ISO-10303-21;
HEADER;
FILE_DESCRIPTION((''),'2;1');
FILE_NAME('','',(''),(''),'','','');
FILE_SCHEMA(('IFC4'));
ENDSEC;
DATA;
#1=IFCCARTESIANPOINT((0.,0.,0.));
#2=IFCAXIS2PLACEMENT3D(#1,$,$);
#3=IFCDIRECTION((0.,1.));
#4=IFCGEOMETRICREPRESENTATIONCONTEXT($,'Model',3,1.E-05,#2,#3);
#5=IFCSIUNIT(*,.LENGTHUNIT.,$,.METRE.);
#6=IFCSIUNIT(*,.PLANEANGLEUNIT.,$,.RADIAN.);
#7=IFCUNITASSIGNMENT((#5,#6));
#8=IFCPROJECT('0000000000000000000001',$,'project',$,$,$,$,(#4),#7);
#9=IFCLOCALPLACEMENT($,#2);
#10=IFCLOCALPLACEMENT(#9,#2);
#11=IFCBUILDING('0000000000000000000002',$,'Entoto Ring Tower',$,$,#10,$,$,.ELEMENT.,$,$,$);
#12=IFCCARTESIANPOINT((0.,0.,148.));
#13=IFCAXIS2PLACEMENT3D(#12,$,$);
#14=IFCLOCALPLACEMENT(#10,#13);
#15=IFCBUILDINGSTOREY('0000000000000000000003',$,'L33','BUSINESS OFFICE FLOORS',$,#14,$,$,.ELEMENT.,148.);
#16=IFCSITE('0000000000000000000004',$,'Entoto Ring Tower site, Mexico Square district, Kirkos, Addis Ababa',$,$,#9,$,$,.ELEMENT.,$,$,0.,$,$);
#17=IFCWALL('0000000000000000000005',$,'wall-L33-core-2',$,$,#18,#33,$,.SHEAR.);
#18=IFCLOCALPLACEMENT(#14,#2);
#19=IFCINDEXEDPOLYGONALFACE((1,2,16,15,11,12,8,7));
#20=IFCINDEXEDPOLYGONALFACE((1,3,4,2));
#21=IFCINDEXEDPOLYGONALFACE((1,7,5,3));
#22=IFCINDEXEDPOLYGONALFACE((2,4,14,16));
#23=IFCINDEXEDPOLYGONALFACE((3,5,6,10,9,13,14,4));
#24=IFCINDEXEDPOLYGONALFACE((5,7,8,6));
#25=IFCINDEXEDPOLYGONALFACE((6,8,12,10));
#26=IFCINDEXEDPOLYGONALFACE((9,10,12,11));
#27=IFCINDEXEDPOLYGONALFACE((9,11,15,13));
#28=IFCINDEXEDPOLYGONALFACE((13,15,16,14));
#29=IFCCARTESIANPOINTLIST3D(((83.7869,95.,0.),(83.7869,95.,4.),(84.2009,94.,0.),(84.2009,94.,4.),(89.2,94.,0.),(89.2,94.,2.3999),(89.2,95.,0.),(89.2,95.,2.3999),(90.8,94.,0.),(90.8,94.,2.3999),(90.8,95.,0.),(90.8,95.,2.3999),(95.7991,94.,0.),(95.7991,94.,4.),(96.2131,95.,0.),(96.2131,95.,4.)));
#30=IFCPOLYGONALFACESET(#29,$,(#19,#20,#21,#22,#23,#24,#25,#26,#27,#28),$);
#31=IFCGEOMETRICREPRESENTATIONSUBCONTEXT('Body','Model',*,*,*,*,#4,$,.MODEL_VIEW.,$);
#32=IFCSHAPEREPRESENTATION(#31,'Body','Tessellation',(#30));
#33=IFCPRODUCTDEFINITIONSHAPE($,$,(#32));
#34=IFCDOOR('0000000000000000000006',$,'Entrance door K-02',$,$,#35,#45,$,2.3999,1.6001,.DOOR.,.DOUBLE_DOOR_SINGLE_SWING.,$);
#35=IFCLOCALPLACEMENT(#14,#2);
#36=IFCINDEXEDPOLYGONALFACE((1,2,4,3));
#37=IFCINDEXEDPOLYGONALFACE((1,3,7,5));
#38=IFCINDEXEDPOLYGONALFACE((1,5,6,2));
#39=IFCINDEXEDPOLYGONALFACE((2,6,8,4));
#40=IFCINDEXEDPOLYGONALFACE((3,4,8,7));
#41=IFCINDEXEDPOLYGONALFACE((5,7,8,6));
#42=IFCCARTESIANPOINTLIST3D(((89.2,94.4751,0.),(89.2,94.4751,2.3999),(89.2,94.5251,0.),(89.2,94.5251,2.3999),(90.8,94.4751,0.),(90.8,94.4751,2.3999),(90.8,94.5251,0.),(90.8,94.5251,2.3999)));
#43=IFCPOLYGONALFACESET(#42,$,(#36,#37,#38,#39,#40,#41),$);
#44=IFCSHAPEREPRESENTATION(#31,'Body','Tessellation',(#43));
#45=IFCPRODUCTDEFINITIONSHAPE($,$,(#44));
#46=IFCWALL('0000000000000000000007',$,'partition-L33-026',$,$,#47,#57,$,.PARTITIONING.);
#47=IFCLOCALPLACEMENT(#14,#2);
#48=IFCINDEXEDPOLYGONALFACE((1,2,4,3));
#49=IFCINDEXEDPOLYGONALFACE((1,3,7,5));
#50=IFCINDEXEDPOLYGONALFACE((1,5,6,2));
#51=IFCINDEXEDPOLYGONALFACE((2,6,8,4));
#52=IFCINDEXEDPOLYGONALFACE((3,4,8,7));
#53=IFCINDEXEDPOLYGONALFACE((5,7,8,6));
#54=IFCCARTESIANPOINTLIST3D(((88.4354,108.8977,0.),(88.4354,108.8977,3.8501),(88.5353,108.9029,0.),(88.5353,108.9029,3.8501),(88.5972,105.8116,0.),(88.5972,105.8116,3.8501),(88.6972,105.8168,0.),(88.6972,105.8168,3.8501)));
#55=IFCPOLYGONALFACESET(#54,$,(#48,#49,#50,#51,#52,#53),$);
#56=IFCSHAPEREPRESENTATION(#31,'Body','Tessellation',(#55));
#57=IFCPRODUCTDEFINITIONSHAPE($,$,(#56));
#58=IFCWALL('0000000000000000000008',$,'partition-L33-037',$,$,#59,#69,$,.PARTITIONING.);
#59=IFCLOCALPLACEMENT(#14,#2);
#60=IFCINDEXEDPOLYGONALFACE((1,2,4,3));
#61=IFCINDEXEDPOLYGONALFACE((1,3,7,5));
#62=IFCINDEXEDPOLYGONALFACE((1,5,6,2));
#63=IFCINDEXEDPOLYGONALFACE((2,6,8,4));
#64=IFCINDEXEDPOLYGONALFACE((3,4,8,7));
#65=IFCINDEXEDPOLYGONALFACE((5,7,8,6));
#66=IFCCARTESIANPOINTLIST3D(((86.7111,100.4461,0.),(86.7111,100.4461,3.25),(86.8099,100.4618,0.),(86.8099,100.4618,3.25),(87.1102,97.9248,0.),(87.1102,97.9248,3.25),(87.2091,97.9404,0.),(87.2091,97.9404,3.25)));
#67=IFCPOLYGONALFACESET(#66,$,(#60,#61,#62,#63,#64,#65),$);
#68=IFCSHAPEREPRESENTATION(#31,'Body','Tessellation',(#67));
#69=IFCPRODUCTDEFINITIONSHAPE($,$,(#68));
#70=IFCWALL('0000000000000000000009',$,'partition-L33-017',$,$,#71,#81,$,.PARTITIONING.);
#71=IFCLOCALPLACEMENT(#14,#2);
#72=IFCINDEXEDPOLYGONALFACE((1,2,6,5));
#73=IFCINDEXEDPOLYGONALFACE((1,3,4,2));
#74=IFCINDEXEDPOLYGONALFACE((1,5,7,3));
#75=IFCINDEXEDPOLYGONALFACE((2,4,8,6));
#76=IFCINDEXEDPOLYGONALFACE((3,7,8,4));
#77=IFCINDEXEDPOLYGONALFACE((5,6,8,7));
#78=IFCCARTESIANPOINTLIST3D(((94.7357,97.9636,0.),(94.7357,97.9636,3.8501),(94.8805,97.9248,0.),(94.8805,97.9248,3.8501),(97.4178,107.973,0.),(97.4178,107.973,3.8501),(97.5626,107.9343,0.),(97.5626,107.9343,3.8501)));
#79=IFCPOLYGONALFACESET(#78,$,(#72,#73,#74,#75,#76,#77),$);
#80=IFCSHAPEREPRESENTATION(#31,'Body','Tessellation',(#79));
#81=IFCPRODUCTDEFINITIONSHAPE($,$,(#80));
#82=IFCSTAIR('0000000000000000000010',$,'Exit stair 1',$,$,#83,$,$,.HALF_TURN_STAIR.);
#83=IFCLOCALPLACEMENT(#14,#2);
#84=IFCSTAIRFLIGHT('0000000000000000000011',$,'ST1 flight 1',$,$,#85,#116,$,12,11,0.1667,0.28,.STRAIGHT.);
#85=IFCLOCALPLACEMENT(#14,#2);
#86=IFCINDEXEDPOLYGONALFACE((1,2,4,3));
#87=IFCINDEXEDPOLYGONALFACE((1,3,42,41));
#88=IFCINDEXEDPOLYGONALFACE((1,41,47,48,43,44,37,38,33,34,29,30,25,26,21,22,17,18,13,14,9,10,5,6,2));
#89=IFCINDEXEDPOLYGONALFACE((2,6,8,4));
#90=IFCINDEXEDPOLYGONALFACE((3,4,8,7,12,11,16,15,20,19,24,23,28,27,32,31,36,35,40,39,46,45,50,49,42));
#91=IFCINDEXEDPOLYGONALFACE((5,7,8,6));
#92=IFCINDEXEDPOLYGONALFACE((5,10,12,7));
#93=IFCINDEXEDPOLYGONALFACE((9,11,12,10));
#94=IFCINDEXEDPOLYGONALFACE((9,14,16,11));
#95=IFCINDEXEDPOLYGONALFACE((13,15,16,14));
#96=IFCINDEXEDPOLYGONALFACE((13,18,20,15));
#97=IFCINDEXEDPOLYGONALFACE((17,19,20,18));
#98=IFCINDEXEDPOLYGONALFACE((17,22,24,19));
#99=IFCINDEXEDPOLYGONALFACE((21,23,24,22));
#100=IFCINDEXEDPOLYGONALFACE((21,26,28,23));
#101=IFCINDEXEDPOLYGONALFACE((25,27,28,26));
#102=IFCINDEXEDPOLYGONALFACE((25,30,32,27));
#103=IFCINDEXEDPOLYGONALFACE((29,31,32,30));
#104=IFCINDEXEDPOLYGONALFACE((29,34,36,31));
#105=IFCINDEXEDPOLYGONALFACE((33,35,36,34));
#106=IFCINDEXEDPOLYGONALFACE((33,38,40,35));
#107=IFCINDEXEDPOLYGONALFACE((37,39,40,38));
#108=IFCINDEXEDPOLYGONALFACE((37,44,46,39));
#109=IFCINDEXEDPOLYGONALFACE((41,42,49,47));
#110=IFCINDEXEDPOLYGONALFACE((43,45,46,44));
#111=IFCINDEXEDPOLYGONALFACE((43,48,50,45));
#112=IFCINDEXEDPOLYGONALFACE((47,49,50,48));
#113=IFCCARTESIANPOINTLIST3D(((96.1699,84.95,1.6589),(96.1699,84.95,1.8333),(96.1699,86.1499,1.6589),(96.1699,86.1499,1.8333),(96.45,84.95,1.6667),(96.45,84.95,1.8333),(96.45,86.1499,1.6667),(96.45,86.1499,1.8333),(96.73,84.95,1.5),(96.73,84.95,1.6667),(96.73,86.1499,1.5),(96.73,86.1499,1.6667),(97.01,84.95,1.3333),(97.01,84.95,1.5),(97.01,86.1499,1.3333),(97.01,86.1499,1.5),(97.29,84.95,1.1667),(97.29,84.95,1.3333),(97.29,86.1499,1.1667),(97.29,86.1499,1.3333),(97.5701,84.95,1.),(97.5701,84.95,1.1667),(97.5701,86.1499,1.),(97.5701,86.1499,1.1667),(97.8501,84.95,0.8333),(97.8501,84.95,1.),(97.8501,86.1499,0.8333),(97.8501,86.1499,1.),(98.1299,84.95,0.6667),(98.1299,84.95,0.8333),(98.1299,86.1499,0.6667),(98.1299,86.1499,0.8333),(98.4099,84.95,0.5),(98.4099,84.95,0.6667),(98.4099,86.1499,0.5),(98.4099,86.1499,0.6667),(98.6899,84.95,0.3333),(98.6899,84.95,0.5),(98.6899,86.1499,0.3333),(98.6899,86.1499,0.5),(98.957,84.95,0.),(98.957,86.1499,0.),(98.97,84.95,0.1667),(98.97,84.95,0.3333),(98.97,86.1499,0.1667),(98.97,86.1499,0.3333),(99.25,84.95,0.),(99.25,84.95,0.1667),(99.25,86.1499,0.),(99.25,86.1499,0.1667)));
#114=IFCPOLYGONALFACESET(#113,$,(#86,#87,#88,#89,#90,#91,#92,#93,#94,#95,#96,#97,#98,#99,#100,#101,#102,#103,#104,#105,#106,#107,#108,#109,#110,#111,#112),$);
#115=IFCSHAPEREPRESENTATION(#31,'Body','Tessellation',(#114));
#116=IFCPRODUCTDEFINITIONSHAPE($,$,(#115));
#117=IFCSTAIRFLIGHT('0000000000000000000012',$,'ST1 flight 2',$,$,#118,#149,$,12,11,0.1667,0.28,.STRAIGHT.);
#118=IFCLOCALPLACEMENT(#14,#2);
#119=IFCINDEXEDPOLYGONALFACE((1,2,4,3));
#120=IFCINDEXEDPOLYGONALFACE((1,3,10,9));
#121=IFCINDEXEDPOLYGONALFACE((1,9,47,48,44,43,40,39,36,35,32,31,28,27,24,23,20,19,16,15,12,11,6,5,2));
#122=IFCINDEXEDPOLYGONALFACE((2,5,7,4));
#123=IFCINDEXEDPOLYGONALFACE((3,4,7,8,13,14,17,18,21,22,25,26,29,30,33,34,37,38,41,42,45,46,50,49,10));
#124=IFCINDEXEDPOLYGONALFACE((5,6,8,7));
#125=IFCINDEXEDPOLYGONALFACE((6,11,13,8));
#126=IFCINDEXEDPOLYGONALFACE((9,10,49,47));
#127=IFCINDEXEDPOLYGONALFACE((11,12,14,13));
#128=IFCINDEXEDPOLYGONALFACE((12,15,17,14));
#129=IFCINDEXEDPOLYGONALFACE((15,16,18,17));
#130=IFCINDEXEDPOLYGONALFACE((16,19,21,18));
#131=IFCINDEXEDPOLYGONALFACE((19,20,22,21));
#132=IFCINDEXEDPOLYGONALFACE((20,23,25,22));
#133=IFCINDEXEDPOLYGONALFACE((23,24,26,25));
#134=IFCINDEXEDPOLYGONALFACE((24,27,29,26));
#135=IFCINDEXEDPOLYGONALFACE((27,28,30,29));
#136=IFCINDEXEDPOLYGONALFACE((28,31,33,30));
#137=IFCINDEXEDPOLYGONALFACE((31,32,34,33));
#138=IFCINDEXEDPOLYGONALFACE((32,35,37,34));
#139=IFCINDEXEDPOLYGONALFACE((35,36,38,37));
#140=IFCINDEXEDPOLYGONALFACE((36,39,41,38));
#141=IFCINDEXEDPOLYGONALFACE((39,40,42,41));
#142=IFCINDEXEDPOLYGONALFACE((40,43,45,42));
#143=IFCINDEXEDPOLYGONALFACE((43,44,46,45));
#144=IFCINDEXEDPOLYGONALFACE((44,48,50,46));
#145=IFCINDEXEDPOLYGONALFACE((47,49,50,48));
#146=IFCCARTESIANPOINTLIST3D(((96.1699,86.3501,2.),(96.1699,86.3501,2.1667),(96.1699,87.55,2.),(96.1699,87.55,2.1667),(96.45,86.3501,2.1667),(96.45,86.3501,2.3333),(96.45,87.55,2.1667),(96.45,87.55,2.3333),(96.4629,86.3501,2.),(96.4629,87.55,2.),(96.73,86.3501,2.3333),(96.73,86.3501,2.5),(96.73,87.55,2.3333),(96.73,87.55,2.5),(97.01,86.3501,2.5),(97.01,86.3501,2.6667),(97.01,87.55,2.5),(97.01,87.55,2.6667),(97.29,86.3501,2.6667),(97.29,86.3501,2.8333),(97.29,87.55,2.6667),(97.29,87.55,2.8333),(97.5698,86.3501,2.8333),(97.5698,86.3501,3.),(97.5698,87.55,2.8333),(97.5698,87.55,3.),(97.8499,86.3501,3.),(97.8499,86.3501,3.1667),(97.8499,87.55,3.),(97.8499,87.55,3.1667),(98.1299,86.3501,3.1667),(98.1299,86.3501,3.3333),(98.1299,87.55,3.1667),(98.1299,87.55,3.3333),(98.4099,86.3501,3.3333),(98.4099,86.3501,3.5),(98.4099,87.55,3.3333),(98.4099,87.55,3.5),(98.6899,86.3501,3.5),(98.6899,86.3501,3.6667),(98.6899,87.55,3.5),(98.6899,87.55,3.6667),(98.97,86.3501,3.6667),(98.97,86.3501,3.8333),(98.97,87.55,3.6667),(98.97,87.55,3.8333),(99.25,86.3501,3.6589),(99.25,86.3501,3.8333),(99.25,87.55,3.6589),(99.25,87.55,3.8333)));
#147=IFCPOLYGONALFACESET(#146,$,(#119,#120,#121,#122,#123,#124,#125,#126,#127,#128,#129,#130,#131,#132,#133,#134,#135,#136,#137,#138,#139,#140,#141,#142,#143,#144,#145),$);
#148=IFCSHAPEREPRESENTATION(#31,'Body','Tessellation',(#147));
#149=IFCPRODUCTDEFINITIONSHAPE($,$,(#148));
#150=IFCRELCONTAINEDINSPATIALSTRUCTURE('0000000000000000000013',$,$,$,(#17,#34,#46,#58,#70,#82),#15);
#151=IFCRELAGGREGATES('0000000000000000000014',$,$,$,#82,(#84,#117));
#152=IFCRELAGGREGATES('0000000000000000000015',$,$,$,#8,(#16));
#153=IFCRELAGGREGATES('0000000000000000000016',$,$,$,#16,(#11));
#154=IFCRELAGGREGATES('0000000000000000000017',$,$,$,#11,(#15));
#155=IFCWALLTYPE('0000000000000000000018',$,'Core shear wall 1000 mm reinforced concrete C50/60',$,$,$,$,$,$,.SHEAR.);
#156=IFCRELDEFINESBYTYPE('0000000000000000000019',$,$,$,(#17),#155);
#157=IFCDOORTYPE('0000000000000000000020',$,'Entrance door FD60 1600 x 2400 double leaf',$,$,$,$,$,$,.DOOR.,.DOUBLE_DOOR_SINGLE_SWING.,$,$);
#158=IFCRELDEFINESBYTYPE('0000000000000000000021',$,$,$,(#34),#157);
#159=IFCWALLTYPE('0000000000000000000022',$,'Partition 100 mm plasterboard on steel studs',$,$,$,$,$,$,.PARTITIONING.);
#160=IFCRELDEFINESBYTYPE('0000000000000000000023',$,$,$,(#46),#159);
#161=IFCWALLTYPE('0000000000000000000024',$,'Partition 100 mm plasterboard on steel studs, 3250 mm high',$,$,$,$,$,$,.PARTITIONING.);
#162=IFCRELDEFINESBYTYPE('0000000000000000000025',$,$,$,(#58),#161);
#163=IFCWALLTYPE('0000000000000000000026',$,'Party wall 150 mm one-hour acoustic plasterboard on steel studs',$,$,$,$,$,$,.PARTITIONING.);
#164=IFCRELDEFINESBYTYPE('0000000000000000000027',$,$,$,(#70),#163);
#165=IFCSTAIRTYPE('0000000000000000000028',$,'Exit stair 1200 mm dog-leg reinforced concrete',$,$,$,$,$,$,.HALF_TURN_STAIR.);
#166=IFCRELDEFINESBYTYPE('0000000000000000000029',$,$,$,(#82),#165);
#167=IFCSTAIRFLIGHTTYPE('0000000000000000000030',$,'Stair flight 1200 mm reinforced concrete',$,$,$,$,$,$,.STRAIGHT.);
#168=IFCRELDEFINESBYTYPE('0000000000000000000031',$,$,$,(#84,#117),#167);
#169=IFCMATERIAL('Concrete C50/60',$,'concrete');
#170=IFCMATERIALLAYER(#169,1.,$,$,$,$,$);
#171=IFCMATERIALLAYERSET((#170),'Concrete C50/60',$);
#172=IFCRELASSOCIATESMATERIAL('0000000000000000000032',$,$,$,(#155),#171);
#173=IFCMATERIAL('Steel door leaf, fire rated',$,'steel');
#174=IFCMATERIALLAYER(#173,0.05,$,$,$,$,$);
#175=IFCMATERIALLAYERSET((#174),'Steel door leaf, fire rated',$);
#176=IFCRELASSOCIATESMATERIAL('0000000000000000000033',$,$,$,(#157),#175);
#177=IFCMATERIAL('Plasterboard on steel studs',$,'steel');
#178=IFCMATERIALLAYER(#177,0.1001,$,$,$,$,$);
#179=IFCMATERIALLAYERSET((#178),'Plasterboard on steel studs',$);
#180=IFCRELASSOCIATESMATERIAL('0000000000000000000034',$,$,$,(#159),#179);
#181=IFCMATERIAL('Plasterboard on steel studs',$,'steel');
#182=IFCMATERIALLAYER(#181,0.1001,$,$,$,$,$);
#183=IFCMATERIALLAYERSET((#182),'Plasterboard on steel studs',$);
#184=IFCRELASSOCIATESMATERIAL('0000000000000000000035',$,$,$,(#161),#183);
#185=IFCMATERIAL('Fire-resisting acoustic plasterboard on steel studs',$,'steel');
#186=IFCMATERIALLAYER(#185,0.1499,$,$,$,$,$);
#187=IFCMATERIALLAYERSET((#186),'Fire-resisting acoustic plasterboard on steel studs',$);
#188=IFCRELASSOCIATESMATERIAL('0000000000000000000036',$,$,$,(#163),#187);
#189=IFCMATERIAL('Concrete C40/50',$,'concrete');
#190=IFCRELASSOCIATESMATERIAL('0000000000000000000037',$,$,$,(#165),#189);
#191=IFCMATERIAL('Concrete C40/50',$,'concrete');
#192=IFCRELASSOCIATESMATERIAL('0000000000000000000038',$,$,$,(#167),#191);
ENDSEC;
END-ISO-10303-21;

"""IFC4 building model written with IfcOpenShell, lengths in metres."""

from ifc_helpers import new_model, si_unit, direction, frame, frame_2d, origin, place, context, subcontext, project, spatial, polyline, rectangle, outline, extrude, material, layer, layer_set, type_object, element, fill, aggregate, save


model = new_model("IFC4")

# Units and contexts
model_context = context("Model", 3, precision=1e-05, world=origin(), true_north=direction((0.0, 1.0)))
body_context = subcontext(model_context, "Body", "Model", "MODEL_VIEW")
ifc_project = project(units=[si_unit("LENGTHUNIT", "METRE"), si_unit("PLANEANGLEUNIT", "RADIAN")], contexts=[model_context])

# Site, building, storey
site_placement = place(None, origin())
site = spatial("IfcSite", under=ifc_project, at=site_placement, Name="Entoto Ring Tower site, Mexico Square district, Kirkos, Addis Ababa", CompositionType="ELEMENT", RefElevation=0.0)
building_placement = place(site_placement, origin())
building = spatial("IfcBuilding", under=site, at=building_placement, Name="Entoto Ring Tower", CompositionType="ELEMENT")
storey_placement = place(building_placement, frame((0.0, 0.0, 148.0)))
storey = spatial("IfcBuildingStorey", under=building, at=storey_placement, Name="L33", Description="BUSINESS OFFICE FLOORS", CompositionType="ELEMENT", Elevation=148.0)

# Wall, opening, door
ifc_material_1 = material(Name="Concrete C50/60", Category="concrete")
ifc_layer_1 = layer(ifc_material_1, 1.0)
ifc_layer_set_1 = layer_set([ifc_layer_1], Name="Concrete C50/60")
wall_type_1 = type_object("IfcWallType", Name="Core shear wall 1000 mm reinforced concrete C50/60", PredefinedType="SHEAR", material=ifc_layer_set_1)
wall_1_placement = place(storey_placement, frame((96.0061, 94.5, 0.0), z_axis=(0.0, 0.0, 1.0), x_axis=(-1.0, 0.0, 0.0)))
wall_1 = element("IfcWall", 1, at=wall_1_placement, inside=storey, type_object=wall_type_1, Name="wall-L33-core-2", PredefinedType="SHEAR", context=body_context, shape_type="SweptSolid", body=[
    extrude(outline(polyline([(-0.207, -0.5), (12.2192, -0.5), (11.8052, 0.5), (0.207, 0.5), (-0.207, -0.5)])), origin(), (0.0, 0.0, 1.0), 4.0),
])
opening_1_placement = place(wall_1_placement, frame((5.2061, 0.0, 0.0)))
opening_1 = element("IfcOpeningElement", 2, at=opening_1_placement, cuts=wall_1, PredefinedType="OPENING", context=body_context, shape_type="SweptSolid", body=[
    extrude(rectangle(XDim=1.6001, YDim=2.3999, at=frame_2d((0.8, 1.2))), frame((0.0, 0.51, 0.0), z_axis=(0.0, -1.0, 0.0), x_axis=(1.0, 0.0, 0.0)), (0.0, 0.0, 1.0), 1.02),
])
ifc_material_2 = material(Name="Steel door leaf, fire rated", Category="steel")
ifc_layer_2 = layer(ifc_material_2, 0.05)
ifc_layer_set_2 = layer_set([ifc_layer_2], Name="Steel door leaf, fire rated")
door_type_1 = type_object("IfcDoorType", Name="Entrance door FD60 1600 x 2400 double leaf", OperationType="DOUBLE_DOOR_SINGLE_SWING", PredefinedType="DOOR", material=ifc_layer_set_2)
door_1_placement = place(opening_1_placement, origin())
door_1 = element("IfcDoor", 3, at=door_1_placement, inside=storey, type_object=door_type_1, Name="Entrance door K-02", OperationType="DOUBLE_DOOR_SINGLE_SWING", OverallHeight=2.3999, OverallWidth=1.6001, PredefinedType="DOOR", context=body_context, shape_type="SweptSolid", body=[
    extrude(rectangle(XDim=1.6001, YDim=2.3999, at=frame_2d((0.8, 1.2))), frame((0.0, 0.0249, 0.0), z_axis=(0.0, -1.0, 0.0), x_axis=(1.0, 0.0, 0.0)), (0.0, 0.0, 1.0), 0.05),
])
fill(opening_1, door_1)

# Walls
ifc_material_3 = material(Name="Plasterboard on steel studs", Category="steel")
ifc_layer_3 = layer(ifc_material_3, 0.1001)
ifc_layer_set_3 = layer_set([ifc_layer_3], Name="Plasterboard on steel studs")
wall_type_2 = type_object("IfcWallType", Name="Partition 100 mm plasterboard on steel studs", PredefinedType="PARTITIONING", material=ifc_layer_set_3)
wall_2_placement = place(storey_placement, frame((88.6472, 105.8142, 0.0), z_axis=(0.0, 0.0, 1.0), x_axis=(-0.052376, 0.998627, 0.0)))
element("IfcWall", 4, at=wall_2_placement, inside=storey, type_object=wall_type_2, Name="partition-L33-026", PredefinedType="PARTITIONING", context=body_context, shape_type="SweptSolid", body=[
    extrude(rectangle(XDim=3.0903, YDim=0.1001, at=frame_2d((1.5452, 0.0))), origin(), (0.0, 0.0, 1.0), 3.8501),
])
ifc_material_4 = material(Name="Plasterboard on steel studs", Category="steel")
ifc_layer_4 = layer(ifc_material_4, 0.1001)
ifc_layer_set_4 = layer_set([ifc_layer_4], Name="Plasterboard on steel studs")
wall_type_3 = type_object("IfcWallType", Name="Partition 100 mm plasterboard on steel studs, 3250 mm high", PredefinedType="PARTITIONING", material=ifc_layer_set_4)
wall_3_placement = place(storey_placement, frame((87.1597, 97.9326, 0.0), z_axis=(0.0, 0.0, 1.0), x_axis=(-0.156375, 0.987698, 0.0)))
element("IfcWall", 5, at=wall_3_placement, inside=storey, type_object=wall_type_3, Name="partition-L33-037", PredefinedType="PARTITIONING", context=body_context, shape_type="SweptSolid", body=[
    extrude(rectangle(XDim=2.5527, YDim=0.1001, at=frame_2d((1.2764, 0.0))), origin(), (0.0, 0.0, 1.0), 3.25),
])
ifc_material_5 = material(Name="Fire-resisting acoustic plasterboard on steel studs", Category="steel")
ifc_layer_5 = layer(ifc_material_5, 0.1499)
ifc_layer_set_5 = layer_set([ifc_layer_5], Name="Fire-resisting acoustic plasterboard on steel studs")
wall_type_4 = type_object("IfcWallType", Name="Party wall 150 mm one-hour acoustic plasterboard on steel studs", PredefinedType="PARTITIONING", material=ifc_layer_set_5)
wall_4_placement = place(storey_placement, frame((94.8081, 97.9443, 0.0), z_axis=(0.0, 0.0, 1.0), x_axis=(0.258827, 0.965924, 0.0)))
element("IfcWall", 6, at=wall_4_placement, inside=storey, type_object=wall_type_4, Name="partition-L33-017", PredefinedType="PARTITIONING", context=body_context, shape_type="SweptSolid", body=[
    extrude(rectangle(XDim=10.3625, YDim=0.1499, at=frame_2d((5.1812, 0.0))), origin(), (0.0, 0.0, 1.0), 3.8501),
])

# Stair, stair flights
ifc_material_6 = material(Name="Concrete C40/50", Category="concrete")
stair_type = type_object("IfcStairType", Name="Exit stair 1200 mm dog-leg reinforced concrete", PredefinedType="HALF_TURN_STAIR", material=ifc_material_6)
stair_placement = place(storey_placement, origin())
stair = element("IfcStair", 7, at=stair_placement, inside=storey, type_object=stair_type, Name="Exit stair 1", PredefinedType="HALF_TURN_STAIR")
ifc_material_7 = material(Name="Concrete C40/50", Category="concrete")
stair_flight_type = type_object("IfcStairFlightType", Name="Stair flight 1200 mm reinforced concrete", PredefinedType="STRAIGHT", material=ifc_material_7)
stair_flight_1_placement = place(storey_placement, frame((99.25, 85.55, 0.0), z_axis=(0.0, 0.0, 1.0), x_axis=(-1.0, 0.0, 0.0)))
stair_flight_1 = element("IfcStairFlight", 8, at=stair_flight_1_placement, type_object=stair_flight_type, Name="ST1 flight 1", NumberOfRisers=12, NumberOfTreads=11, PredefinedType="STRAIGHT", RiserHeight=0.1667, TreadLength=0.28, context=body_context, shape_type="SweptSolid", body=[
    extrude(outline(polyline([(0.0, 0.0), (0.0, 0.1667), (0.28, 0.1667), (0.28, 0.3333), (0.5601, 0.3333), (0.5601, 0.5), (0.8401, 0.5), (0.8401, 0.6667), (1.1201, 0.6667), (1.1201, 0.8333), (1.3999, 0.8333), (1.3999, 1.0), (1.6799, 1.0), (1.6799, 1.1667), (1.96, 1.1667), (1.96, 1.3333), (2.24, 1.3333), (2.24, 1.5), (2.52, 1.5), (2.52, 1.6667), (2.8, 1.6667), (2.8, 1.8333), (3.0801, 1.8333), (3.0801, 2.0), (3.0801, 1.6589), (0.293, 0.0), (0.0, 0.0)])), frame((0.0, 0.6001, 0.0), z_axis=(0.0, -1.0, 0.0), x_axis=(1.0, 0.0, 0.0)), (0.0, 0.0, 1.0), 1.2),
])
stair_flight_2_placement = place(storey_placement, frame((96.1699, 86.95, 2.0), z_axis=(0.0, 0.0, 1.0), x_axis=(1.0, 0.0, 0.0)))
stair_flight_2 = element("IfcStairFlight", 9, at=stair_flight_2_placement, type_object=stair_flight_type, Name="ST1 flight 2", NumberOfRisers=12, NumberOfTreads=11, PredefinedType="STRAIGHT", RiserHeight=0.1667, TreadLength=0.28, context=body_context, shape_type="SweptSolid", body=[
    extrude(outline(polyline([(0.0, 0.0), (0.0, 0.1667), (0.28, 0.1667), (0.28, 0.3333), (0.5601, 0.3333), (0.5601, 0.5), (0.8401, 0.5), (0.8401, 0.6667), (1.1201, 0.6667), (1.1201, 0.8333), (1.3999, 0.8333), (1.3999, 1.0), (1.6799, 1.0), (1.6799, 1.1667), (1.96, 1.1667), (1.96, 1.3333), (2.24, 1.3333), (2.24, 1.5), (2.52, 1.5), (2.52, 1.6667), (2.8, 1.6667), (2.8, 1.8333), (3.0801, 1.8333), (3.0801, 2.0), (3.0801, 1.6589), (0.293, 0.0), (0.0, 0.0)])), frame((0.0, 0.6001, 0.0), z_axis=(0.0, -1.0, 0.0), x_axis=(1.0, 0.0, 0.0)), (0.0, 0.0, 1.0), 1.2),
])
aggregate(stair, [stair_flight_1, stair_flight_2])

save(model, "model.ifc")
